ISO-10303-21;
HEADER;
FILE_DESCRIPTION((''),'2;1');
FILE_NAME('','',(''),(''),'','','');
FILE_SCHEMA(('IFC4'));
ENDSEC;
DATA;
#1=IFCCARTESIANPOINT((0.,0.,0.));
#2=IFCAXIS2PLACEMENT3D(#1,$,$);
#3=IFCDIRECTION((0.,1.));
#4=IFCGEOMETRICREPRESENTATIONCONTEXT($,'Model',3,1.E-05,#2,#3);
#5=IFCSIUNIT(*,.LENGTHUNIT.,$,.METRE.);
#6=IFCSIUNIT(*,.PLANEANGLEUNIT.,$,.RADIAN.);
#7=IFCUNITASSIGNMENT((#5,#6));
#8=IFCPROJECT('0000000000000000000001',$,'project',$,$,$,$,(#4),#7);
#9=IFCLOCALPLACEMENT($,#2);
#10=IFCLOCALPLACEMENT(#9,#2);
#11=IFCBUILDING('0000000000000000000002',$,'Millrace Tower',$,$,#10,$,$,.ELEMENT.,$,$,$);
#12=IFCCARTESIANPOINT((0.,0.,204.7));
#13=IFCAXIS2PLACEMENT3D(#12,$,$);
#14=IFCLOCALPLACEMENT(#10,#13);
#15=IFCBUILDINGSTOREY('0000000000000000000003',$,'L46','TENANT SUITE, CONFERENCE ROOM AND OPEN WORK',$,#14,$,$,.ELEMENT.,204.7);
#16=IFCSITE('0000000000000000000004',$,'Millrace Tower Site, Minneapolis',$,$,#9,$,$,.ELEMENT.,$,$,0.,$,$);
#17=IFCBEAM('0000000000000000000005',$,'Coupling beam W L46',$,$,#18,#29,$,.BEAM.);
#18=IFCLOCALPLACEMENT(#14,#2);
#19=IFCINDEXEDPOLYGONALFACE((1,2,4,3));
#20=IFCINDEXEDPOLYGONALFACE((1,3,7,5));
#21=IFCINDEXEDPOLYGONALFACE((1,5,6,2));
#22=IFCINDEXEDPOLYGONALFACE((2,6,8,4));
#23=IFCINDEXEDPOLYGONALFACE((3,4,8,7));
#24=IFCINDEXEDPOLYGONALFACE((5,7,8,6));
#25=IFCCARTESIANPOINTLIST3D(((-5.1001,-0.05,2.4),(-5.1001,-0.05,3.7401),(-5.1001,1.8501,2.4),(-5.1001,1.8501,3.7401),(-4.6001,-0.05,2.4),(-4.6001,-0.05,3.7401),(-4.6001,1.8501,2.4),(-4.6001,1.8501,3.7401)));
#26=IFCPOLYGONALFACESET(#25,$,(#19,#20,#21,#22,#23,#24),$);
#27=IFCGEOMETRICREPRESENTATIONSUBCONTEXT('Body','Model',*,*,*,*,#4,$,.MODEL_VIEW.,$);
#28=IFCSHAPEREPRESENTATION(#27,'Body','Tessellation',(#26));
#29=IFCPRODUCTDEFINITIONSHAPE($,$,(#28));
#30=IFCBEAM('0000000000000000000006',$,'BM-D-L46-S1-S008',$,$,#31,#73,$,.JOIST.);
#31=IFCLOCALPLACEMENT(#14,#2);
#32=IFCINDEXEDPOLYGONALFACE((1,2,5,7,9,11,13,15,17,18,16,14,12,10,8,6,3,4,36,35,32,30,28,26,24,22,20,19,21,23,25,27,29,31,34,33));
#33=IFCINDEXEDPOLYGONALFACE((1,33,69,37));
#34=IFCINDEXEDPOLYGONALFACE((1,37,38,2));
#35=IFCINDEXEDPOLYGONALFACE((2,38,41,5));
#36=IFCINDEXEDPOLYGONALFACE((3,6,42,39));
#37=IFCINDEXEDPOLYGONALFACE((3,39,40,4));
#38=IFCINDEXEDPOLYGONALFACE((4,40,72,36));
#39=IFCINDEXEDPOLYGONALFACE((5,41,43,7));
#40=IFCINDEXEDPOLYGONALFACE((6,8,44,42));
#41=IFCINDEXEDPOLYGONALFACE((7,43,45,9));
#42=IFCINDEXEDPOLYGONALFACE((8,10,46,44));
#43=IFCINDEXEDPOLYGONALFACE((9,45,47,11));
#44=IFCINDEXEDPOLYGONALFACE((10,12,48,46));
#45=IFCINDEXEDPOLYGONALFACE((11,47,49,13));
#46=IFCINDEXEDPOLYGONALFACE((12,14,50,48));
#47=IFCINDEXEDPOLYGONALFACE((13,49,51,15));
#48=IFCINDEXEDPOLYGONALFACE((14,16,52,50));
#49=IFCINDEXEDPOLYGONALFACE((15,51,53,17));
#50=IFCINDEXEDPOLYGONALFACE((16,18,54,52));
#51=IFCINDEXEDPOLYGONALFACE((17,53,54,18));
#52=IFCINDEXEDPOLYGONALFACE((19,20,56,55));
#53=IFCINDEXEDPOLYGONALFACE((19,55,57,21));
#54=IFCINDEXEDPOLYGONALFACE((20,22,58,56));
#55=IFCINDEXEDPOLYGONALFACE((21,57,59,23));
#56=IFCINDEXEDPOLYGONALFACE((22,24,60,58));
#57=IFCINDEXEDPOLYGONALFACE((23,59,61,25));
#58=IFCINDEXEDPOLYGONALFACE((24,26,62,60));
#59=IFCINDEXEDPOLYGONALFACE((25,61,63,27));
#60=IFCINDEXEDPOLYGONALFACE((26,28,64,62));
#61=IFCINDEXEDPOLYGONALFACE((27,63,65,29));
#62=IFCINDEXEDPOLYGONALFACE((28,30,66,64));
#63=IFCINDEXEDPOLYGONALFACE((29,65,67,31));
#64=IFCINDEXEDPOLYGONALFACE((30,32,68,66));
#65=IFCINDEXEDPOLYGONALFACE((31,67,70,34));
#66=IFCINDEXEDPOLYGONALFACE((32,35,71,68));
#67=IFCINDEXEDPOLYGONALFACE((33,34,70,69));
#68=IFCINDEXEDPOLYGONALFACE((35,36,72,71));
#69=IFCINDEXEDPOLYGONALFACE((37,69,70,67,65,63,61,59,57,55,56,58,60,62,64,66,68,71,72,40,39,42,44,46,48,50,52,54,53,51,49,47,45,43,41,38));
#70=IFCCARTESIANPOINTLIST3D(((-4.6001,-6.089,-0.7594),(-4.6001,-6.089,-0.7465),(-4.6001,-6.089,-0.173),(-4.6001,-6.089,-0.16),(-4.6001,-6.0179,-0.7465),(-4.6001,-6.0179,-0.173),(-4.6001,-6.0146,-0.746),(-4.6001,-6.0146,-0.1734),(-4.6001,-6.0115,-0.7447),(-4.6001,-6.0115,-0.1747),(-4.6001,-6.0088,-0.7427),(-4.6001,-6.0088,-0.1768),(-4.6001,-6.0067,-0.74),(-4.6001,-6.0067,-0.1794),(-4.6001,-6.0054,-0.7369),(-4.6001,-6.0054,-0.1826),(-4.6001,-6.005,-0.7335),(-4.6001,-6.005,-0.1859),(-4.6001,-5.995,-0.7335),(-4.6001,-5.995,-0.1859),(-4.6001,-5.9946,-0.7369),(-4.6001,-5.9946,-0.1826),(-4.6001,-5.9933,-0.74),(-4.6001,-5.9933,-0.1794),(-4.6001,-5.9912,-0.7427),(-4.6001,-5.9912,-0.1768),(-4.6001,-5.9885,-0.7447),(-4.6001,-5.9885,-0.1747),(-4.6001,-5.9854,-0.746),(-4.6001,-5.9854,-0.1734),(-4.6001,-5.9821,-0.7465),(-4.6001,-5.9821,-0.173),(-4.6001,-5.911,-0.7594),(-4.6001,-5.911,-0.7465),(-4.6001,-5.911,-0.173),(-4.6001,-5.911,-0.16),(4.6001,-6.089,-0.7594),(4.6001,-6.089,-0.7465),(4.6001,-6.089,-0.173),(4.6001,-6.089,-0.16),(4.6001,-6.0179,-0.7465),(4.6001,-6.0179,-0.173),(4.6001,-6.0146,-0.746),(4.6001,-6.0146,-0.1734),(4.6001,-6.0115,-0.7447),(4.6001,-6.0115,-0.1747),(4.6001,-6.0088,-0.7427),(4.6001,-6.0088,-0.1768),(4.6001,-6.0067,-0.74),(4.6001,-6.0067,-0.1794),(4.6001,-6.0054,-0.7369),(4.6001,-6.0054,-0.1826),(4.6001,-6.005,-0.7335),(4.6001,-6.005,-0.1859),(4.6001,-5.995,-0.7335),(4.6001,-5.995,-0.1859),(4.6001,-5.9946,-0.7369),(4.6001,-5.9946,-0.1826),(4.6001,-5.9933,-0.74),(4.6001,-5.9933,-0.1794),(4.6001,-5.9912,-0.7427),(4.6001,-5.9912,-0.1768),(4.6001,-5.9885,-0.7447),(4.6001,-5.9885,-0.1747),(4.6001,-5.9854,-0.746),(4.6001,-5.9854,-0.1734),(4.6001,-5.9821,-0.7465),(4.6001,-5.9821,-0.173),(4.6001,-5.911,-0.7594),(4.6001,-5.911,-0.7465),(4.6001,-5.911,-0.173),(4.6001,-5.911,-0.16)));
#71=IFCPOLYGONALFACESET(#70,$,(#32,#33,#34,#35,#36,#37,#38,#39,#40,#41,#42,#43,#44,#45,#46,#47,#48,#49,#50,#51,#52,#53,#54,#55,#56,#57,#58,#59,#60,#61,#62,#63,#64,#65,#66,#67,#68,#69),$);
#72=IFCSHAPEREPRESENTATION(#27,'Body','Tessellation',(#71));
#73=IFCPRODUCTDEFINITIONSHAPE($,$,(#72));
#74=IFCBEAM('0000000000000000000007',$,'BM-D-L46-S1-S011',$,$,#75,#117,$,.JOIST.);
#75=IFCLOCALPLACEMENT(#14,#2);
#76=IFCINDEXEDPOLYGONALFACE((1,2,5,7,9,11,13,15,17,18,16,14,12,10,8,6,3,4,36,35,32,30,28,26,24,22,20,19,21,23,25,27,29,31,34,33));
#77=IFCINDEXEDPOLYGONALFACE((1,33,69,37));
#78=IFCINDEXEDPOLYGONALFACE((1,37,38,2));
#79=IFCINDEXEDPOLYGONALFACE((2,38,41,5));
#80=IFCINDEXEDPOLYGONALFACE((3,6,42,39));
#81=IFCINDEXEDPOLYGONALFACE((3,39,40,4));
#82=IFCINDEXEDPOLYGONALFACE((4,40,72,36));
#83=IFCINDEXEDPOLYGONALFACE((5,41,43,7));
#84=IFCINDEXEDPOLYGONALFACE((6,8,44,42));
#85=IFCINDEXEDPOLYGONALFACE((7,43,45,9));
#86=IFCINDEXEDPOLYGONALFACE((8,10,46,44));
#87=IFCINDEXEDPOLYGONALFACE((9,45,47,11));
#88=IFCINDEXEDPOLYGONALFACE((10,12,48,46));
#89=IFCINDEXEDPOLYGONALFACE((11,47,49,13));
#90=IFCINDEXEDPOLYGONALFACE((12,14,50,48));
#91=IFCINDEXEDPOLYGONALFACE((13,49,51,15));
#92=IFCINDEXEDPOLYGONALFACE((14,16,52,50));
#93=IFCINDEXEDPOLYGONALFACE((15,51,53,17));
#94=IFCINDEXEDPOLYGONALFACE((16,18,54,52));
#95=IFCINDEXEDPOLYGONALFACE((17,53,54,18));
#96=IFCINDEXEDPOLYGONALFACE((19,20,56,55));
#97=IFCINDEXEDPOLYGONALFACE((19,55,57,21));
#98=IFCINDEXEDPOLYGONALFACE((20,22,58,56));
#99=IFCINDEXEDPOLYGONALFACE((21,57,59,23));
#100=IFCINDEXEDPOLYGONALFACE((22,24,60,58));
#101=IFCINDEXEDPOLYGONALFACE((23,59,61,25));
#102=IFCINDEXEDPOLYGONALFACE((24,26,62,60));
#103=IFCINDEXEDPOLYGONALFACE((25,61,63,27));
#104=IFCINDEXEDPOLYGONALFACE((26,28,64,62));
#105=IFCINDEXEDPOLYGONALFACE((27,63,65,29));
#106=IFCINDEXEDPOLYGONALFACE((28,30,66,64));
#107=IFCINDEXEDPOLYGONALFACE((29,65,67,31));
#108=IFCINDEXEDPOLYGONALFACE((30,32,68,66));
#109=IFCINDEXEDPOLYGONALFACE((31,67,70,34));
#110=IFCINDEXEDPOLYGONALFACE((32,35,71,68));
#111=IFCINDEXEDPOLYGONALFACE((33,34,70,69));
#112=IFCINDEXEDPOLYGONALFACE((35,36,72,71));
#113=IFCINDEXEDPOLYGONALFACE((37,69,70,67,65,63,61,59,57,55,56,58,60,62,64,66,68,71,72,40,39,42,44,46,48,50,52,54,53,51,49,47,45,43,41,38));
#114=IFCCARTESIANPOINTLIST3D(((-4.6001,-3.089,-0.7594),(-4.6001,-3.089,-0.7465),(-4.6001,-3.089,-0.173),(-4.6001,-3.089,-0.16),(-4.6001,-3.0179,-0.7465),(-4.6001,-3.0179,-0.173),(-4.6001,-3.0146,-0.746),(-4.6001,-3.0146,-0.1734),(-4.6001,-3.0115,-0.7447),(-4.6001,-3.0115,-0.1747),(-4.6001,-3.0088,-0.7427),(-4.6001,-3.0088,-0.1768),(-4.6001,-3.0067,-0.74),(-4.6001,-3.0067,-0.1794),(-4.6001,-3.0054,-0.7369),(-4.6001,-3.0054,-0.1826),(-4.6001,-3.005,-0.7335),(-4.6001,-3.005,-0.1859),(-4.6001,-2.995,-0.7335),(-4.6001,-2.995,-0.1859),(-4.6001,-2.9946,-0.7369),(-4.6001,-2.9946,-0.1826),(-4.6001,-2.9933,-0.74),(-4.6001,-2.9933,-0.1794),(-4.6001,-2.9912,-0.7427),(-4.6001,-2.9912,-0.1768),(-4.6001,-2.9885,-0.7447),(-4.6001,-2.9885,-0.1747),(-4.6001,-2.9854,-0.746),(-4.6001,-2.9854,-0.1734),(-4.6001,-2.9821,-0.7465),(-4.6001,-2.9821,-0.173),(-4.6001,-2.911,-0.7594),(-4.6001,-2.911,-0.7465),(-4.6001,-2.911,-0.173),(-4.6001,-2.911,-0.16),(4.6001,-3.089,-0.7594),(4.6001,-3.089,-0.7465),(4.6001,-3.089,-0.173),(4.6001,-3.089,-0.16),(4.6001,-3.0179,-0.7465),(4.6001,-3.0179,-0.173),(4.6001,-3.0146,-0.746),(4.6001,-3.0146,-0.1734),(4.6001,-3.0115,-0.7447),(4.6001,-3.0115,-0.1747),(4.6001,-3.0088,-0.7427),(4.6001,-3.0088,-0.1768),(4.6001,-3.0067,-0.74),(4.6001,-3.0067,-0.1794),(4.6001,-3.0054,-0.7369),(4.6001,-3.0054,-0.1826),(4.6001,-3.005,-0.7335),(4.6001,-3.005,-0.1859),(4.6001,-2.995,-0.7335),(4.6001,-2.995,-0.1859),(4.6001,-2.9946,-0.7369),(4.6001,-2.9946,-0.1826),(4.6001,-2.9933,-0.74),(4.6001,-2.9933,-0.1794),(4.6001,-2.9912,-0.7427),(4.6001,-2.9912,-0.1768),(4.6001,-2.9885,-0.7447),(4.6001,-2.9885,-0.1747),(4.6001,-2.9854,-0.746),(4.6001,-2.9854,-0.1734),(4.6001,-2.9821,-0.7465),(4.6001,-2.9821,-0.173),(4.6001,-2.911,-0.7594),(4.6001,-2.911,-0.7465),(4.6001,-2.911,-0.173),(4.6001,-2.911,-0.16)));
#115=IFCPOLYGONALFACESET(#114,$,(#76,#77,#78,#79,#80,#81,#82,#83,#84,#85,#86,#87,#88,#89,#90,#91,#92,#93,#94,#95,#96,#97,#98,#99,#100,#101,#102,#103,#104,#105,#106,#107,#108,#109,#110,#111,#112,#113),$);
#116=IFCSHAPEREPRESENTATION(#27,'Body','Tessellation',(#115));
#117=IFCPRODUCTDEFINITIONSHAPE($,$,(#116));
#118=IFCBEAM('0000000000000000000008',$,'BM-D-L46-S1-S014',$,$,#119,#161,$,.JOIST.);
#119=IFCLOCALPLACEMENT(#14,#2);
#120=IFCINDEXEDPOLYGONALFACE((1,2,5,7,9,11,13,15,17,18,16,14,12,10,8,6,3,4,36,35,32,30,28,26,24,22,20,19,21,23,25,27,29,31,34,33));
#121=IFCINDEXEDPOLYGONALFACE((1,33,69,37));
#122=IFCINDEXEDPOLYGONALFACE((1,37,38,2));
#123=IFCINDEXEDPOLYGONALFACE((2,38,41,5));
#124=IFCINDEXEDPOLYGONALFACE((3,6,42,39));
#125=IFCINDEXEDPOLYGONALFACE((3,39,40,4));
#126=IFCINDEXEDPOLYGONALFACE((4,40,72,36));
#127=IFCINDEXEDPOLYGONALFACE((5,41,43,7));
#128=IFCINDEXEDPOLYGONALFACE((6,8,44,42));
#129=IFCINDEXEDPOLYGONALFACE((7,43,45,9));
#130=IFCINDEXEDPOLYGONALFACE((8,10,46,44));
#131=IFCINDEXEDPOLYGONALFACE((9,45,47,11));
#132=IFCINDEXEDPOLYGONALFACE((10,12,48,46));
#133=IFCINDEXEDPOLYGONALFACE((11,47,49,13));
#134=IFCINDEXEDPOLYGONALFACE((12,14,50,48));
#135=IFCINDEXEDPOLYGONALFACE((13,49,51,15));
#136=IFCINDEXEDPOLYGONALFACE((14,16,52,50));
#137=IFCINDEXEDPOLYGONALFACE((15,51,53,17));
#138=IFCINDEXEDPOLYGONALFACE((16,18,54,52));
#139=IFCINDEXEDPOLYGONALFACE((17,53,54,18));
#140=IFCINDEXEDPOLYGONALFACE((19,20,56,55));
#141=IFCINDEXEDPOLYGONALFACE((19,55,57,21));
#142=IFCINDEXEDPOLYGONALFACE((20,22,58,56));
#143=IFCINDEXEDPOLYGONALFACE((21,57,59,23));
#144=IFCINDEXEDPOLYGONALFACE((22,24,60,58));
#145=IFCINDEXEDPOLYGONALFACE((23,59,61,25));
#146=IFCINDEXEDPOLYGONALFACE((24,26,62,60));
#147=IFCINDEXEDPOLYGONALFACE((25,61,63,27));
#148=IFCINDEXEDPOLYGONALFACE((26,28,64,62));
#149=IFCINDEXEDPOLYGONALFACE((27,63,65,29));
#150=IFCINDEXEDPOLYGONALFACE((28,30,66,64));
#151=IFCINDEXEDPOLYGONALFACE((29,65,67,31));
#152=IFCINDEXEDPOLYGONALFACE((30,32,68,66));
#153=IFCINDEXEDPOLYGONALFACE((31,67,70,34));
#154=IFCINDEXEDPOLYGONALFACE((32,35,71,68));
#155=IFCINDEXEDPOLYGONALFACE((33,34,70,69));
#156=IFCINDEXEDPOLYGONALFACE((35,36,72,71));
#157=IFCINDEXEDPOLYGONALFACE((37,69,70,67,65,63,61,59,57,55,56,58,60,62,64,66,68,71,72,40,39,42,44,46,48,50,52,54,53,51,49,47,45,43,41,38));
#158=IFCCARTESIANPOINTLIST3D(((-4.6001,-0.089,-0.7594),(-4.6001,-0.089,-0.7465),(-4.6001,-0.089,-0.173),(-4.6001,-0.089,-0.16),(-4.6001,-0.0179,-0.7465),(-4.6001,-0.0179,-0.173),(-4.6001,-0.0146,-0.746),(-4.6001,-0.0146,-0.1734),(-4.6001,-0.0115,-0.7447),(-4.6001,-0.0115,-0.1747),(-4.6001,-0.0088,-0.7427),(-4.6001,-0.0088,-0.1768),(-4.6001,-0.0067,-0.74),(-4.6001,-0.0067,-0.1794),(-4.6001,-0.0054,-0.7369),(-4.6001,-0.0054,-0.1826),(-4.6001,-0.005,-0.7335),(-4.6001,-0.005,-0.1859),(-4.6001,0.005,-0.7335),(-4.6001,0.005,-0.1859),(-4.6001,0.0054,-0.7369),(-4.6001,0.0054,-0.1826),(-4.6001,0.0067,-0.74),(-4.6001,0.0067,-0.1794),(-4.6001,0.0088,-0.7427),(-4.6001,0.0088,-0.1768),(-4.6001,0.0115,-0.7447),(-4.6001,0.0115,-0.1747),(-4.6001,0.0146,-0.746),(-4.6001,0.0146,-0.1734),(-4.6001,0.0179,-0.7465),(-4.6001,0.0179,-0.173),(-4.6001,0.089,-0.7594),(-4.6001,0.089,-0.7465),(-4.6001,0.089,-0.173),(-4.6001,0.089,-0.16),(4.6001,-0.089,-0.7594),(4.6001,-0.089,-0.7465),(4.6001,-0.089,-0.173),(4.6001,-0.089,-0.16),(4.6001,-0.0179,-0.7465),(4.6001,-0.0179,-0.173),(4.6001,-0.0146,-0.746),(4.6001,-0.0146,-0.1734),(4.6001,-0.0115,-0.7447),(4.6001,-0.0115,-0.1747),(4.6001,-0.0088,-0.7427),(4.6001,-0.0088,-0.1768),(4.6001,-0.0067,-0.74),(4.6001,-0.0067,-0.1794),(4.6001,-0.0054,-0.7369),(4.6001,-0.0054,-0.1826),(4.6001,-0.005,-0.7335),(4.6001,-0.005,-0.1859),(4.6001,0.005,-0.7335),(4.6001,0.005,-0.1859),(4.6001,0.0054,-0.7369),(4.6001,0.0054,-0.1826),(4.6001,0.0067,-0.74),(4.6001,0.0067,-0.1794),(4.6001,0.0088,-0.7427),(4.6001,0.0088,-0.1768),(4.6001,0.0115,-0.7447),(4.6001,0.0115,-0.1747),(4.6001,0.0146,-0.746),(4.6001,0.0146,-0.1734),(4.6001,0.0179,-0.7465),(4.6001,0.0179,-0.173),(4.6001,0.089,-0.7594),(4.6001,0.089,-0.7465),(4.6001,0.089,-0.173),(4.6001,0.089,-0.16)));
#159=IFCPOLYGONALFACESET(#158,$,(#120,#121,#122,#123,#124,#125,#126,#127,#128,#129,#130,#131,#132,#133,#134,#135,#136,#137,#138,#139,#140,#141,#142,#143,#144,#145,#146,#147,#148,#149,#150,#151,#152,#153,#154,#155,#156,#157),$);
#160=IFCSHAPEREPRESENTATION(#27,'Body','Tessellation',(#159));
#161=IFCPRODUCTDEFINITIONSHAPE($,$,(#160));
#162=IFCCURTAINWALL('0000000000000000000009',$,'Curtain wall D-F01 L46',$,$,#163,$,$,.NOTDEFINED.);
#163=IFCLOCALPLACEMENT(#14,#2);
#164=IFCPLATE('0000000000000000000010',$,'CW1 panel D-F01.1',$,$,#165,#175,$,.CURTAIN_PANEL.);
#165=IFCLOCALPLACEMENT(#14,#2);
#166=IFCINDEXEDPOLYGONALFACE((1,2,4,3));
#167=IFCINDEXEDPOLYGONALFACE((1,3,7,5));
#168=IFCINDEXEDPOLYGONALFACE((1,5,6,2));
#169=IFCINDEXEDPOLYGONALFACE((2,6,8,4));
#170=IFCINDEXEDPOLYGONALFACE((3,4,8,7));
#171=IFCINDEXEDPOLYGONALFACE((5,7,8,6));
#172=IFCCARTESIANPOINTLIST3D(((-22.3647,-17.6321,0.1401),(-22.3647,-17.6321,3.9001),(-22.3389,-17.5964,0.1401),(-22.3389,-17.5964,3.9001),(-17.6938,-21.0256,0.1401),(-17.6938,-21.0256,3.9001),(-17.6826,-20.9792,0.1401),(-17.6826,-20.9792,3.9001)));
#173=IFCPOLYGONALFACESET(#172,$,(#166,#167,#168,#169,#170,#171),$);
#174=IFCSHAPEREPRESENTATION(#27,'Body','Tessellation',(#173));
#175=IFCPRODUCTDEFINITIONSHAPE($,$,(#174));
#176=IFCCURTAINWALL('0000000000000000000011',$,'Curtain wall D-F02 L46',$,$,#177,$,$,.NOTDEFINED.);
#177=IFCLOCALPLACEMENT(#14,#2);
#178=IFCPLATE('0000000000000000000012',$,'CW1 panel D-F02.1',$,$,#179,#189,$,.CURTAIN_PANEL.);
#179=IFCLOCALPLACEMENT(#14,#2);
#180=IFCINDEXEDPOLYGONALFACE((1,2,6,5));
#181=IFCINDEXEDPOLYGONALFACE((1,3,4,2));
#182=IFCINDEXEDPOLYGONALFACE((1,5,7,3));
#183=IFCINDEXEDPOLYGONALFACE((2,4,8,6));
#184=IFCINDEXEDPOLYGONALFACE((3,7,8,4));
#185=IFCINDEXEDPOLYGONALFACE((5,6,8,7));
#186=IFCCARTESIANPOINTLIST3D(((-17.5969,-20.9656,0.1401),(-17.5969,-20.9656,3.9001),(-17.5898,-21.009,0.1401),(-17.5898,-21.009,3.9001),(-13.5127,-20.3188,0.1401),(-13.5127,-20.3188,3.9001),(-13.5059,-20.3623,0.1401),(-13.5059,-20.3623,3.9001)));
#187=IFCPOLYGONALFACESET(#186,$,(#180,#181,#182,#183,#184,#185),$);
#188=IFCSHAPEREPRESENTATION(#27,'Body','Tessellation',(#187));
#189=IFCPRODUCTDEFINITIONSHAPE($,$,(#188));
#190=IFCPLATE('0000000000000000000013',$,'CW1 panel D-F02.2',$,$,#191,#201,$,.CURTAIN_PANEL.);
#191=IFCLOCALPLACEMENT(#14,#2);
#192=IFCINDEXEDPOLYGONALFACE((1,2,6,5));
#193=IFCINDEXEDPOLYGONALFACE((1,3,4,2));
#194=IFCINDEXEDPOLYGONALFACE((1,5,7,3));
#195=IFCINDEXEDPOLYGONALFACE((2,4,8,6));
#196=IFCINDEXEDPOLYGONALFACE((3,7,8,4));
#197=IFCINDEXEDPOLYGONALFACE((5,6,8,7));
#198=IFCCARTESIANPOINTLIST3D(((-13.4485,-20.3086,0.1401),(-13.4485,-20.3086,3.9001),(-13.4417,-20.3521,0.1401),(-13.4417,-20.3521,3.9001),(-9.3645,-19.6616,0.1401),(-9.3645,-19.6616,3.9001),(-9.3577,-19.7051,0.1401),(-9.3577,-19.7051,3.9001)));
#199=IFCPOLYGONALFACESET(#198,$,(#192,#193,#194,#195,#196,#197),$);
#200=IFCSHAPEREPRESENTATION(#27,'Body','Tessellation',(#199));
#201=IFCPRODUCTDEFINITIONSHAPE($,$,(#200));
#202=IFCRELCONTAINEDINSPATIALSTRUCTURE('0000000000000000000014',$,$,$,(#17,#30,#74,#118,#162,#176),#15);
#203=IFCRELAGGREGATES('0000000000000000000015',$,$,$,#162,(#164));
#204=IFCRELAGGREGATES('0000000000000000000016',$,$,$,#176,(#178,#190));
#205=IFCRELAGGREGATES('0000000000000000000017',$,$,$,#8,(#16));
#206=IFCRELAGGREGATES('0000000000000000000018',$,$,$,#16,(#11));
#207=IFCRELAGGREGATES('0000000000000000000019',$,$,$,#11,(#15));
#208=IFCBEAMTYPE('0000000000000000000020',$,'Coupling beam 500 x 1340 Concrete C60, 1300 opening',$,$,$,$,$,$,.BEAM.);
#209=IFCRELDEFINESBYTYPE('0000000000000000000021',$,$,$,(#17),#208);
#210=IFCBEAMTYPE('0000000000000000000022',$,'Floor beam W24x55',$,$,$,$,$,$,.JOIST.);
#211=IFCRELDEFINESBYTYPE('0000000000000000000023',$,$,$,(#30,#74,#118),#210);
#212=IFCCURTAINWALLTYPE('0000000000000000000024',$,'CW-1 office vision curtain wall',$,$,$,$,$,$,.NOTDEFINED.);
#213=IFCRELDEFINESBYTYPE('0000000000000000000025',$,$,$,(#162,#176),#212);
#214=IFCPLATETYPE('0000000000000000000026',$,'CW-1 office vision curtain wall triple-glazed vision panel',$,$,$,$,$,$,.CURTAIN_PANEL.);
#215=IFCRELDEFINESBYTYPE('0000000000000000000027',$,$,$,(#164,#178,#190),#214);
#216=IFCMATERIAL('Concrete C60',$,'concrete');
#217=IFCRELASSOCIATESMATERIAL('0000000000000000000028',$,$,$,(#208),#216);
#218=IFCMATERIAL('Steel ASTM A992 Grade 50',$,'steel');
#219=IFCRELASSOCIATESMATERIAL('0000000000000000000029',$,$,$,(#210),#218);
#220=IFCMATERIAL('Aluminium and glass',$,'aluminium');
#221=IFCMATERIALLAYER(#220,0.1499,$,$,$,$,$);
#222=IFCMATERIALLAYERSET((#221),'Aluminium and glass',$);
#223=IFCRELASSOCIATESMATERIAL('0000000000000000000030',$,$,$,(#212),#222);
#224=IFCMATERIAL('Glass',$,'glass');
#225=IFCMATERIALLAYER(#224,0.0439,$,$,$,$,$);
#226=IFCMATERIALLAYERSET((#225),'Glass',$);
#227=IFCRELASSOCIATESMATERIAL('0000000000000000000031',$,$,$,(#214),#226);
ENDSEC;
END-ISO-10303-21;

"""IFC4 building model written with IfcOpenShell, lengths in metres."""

from ifc_helpers import new_model, si_unit, direction, frame, origin, origin_2d, place, context, subcontext, project, spatial, polyline, rectangle, i_section, outline, extrude, material, layer, layer_set, material_profile, profile_set, type_object, element, aggregate, save


model = new_model("IFC4")

# Units and contexts
model_context = context("Model", 3, precision=1e-05, world=origin(), true_north=direction((0.0, 1.0)))
body_context = subcontext(model_context, "Body", "Model", "MODEL_VIEW")
ifc_project = project(units=[si_unit("LENGTHUNIT", "METRE"), si_unit("PLANEANGLEUNIT", "RADIAN")], contexts=[model_context])

# Site, building, storey
site_placement = place(None, origin())
site = spatial("IfcSite", under=ifc_project, at=site_placement, Name="Millrace Tower Site, Minneapolis", CompositionType="ELEMENT", RefElevation=0.0)
building_placement = place(site_placement, origin())
building = spatial("IfcBuilding", under=site, at=building_placement, Name="Millrace Tower", CompositionType="ELEMENT")
storey_placement = place(building_placement, frame((0.0, 0.0, 204.7)))
storey = spatial("IfcBuildingStorey", under=building, at=storey_placement, Name="L46", Description="TENANT SUITE, CONFERENCE ROOM AND OPEN WORK", CompositionType="ELEMENT", Elevation=204.7)

# Beams
ifc_material_1 = material(Name="Concrete C60", Category="concrete")
ifc_material_profile_1 = material_profile(ifc_material_1, rectangle(XDim=0.5, YDim=1.3401, at=origin_2d()))
ifc_profile_set_1 = profile_set([ifc_material_profile_1], Name="Concrete C60")
beam_type_1 = type_object("IfcBeamType", Name="Coupling beam 500 x 1340 Concrete C60, 1300 opening", PredefinedType="BEAM", material=ifc_profile_set_1)
beam_placement = place(storey_placement, frame((-4.8501, -0.05, 3.0701), z_axis=(0.0, 1.0, 0.0), x_axis=(-1.0, 0.0, 0.0)))
element("IfcBeam", 1, at=beam_placement, inside=storey, type_object=beam_type_1, Name="Coupling beam W L46", PredefinedType="BEAM", context=body_context, shape_type="SweptSolid", body=[
    extrude(rectangle(XDim=0.5, YDim=1.3401, at=origin_2d()), origin(), (0.0, 0.0, 1.0), 1.9001),
])
ifc_material_2 = material(Name="Steel ASTM A992 Grade 50", Category="steel")
ifc_material_profile_2 = material_profile(ifc_material_2, i_section(OverallWidth=0.178, OverallDepth=0.5994, WebThickness=0.01, FlangeThickness=0.0129, FilletRadius=0.0129, at=origin_2d()))
ifc_profile_set_2 = profile_set([ifc_material_profile_2], Name="Steel ASTM A992 Grade 50")
beam_type_2 = type_object("IfcBeamType", Name="Floor beam W24x55", PredefinedType="JOIST", material=ifc_profile_set_2)
for number, where, z_axis, x_axis, name in (
    (2, (-4.6001, -6.0, -0.4597), (1.0, 0.0, 0.0), (0.0, 1.0, 0.0), "BM-D-L46-S1-S008"),
    (3, (-4.6001, -3.0, -0.4597), (1.0, 0.0, 0.0), (0.0, 1.0, 0.0), "BM-D-L46-S1-S011"),
    (4, (-4.6001, 0.0, -0.4597), (1.0, 0.0, 0.0), (0.0, 1.0, 0.0), "BM-D-L46-S1-S014"),
):
    element("IfcBeam", number, at=place(storey_placement, frame(where, z_axis=z_axis, x_axis=x_axis)), inside=storey, type_object=beam_type_2, Name=name, PredefinedType="JOIST", context=body_context, shape_type="SweptSolid", body=[
        extrude(i_section(OverallWidth=0.178, OverallDepth=0.5994, WebThickness=0.01, FlangeThickness=0.0129, FilletRadius=0.0129, at=origin_2d()), origin(), (0.0, 0.0, 1.0), 9.2002),
    ])

# Curtain wall, plate
ifc_material_3 = material(Name="Aluminium and glass", Category="aluminium")
ifc_layer_1 = layer(ifc_material_3, 0.1499)
ifc_layer_set_1 = layer_set([ifc_layer_1], Name="Aluminium and glass")
curtain_wall_type = type_object("IfcCurtainWallType", Name="CW-1 office vision curtain wall", PredefinedType="NOTDEFINED", material=ifc_layer_set_1)
placement_1 = place(storey_placement, origin())
curtain_wall_1 = element("IfcCurtainWall", 5, at=placement_1, inside=storey, type_object=curtain_wall_type, Name="Curtain wall D-F01 L46", PredefinedType="NOTDEFINED")
ifc_material_4 = material(Name="Glass", Category="glass")
ifc_layer_2 = layer(ifc_material_4, 0.0439)
ifc_layer_set_2 = layer_set([ifc_layer_2], Name="Glass")
plate_type = type_object("IfcPlateType", Name="CW-1 office vision curtain wall triple-glazed vision panel", PredefinedType="CURTAIN_PANEL", material=ifc_layer_set_2)
placement_2 = place(storey_placement, frame((0.0, 0.0, 0.1401)))
plate_1 = element("IfcPlate", 6, at=placement_2, type_object=plate_type, Name="CW1 panel D-F01.1", PredefinedType="CURTAIN_PANEL", context=body_context, shape_type="SweptSolid", body=[
    extrude(outline(polyline([(-22.3647, -17.6321), (-17.6938, -21.0256), (-17.6826, -20.9792), (-22.3389, -17.5964), (-22.3647, -17.6321)])), origin(), (0.0, 0.0, 1.0), 3.76),
])
aggregate(curtain_wall_1, [plate_1])

# Curtain wall, plates
curtain_wall_2 = element("IfcCurtainWall", 7, at=placement_1, inside=storey, type_object=curtain_wall_type, Name="Curtain wall D-F02 L46", PredefinedType="NOTDEFINED")
plate_2 = element("IfcPlate", 8, at=placement_2, type_object=plate_type, Name="CW1 panel D-F02.1", PredefinedType="CURTAIN_PANEL", context=body_context, shape_type="SweptSolid", body=[
    extrude(outline(polyline([(-17.5898, -21.009), (-13.5059, -20.3623), (-13.5127, -20.3188), (-17.5969, -20.9656), (-17.5898, -21.009)])), origin(), (0.0, 0.0, 1.0), 3.76),
])
plate_3 = element("IfcPlate", 9, at=placement_2, type_object=plate_type, Name="CW1 panel D-F02.2", PredefinedType="CURTAIN_PANEL", context=body_context, shape_type="SweptSolid", body=[
    extrude(outline(polyline([(-13.4417, -20.3521), (-9.3577, -19.7051), (-9.3645, -19.6616), (-13.4485, -20.3086), (-13.4417, -20.3521)])), origin(), (0.0, 0.0, 1.0), 3.76),
])
aggregate(curtain_wall_2, [plate_2, plate_3])

save(model, "model.ifc")
